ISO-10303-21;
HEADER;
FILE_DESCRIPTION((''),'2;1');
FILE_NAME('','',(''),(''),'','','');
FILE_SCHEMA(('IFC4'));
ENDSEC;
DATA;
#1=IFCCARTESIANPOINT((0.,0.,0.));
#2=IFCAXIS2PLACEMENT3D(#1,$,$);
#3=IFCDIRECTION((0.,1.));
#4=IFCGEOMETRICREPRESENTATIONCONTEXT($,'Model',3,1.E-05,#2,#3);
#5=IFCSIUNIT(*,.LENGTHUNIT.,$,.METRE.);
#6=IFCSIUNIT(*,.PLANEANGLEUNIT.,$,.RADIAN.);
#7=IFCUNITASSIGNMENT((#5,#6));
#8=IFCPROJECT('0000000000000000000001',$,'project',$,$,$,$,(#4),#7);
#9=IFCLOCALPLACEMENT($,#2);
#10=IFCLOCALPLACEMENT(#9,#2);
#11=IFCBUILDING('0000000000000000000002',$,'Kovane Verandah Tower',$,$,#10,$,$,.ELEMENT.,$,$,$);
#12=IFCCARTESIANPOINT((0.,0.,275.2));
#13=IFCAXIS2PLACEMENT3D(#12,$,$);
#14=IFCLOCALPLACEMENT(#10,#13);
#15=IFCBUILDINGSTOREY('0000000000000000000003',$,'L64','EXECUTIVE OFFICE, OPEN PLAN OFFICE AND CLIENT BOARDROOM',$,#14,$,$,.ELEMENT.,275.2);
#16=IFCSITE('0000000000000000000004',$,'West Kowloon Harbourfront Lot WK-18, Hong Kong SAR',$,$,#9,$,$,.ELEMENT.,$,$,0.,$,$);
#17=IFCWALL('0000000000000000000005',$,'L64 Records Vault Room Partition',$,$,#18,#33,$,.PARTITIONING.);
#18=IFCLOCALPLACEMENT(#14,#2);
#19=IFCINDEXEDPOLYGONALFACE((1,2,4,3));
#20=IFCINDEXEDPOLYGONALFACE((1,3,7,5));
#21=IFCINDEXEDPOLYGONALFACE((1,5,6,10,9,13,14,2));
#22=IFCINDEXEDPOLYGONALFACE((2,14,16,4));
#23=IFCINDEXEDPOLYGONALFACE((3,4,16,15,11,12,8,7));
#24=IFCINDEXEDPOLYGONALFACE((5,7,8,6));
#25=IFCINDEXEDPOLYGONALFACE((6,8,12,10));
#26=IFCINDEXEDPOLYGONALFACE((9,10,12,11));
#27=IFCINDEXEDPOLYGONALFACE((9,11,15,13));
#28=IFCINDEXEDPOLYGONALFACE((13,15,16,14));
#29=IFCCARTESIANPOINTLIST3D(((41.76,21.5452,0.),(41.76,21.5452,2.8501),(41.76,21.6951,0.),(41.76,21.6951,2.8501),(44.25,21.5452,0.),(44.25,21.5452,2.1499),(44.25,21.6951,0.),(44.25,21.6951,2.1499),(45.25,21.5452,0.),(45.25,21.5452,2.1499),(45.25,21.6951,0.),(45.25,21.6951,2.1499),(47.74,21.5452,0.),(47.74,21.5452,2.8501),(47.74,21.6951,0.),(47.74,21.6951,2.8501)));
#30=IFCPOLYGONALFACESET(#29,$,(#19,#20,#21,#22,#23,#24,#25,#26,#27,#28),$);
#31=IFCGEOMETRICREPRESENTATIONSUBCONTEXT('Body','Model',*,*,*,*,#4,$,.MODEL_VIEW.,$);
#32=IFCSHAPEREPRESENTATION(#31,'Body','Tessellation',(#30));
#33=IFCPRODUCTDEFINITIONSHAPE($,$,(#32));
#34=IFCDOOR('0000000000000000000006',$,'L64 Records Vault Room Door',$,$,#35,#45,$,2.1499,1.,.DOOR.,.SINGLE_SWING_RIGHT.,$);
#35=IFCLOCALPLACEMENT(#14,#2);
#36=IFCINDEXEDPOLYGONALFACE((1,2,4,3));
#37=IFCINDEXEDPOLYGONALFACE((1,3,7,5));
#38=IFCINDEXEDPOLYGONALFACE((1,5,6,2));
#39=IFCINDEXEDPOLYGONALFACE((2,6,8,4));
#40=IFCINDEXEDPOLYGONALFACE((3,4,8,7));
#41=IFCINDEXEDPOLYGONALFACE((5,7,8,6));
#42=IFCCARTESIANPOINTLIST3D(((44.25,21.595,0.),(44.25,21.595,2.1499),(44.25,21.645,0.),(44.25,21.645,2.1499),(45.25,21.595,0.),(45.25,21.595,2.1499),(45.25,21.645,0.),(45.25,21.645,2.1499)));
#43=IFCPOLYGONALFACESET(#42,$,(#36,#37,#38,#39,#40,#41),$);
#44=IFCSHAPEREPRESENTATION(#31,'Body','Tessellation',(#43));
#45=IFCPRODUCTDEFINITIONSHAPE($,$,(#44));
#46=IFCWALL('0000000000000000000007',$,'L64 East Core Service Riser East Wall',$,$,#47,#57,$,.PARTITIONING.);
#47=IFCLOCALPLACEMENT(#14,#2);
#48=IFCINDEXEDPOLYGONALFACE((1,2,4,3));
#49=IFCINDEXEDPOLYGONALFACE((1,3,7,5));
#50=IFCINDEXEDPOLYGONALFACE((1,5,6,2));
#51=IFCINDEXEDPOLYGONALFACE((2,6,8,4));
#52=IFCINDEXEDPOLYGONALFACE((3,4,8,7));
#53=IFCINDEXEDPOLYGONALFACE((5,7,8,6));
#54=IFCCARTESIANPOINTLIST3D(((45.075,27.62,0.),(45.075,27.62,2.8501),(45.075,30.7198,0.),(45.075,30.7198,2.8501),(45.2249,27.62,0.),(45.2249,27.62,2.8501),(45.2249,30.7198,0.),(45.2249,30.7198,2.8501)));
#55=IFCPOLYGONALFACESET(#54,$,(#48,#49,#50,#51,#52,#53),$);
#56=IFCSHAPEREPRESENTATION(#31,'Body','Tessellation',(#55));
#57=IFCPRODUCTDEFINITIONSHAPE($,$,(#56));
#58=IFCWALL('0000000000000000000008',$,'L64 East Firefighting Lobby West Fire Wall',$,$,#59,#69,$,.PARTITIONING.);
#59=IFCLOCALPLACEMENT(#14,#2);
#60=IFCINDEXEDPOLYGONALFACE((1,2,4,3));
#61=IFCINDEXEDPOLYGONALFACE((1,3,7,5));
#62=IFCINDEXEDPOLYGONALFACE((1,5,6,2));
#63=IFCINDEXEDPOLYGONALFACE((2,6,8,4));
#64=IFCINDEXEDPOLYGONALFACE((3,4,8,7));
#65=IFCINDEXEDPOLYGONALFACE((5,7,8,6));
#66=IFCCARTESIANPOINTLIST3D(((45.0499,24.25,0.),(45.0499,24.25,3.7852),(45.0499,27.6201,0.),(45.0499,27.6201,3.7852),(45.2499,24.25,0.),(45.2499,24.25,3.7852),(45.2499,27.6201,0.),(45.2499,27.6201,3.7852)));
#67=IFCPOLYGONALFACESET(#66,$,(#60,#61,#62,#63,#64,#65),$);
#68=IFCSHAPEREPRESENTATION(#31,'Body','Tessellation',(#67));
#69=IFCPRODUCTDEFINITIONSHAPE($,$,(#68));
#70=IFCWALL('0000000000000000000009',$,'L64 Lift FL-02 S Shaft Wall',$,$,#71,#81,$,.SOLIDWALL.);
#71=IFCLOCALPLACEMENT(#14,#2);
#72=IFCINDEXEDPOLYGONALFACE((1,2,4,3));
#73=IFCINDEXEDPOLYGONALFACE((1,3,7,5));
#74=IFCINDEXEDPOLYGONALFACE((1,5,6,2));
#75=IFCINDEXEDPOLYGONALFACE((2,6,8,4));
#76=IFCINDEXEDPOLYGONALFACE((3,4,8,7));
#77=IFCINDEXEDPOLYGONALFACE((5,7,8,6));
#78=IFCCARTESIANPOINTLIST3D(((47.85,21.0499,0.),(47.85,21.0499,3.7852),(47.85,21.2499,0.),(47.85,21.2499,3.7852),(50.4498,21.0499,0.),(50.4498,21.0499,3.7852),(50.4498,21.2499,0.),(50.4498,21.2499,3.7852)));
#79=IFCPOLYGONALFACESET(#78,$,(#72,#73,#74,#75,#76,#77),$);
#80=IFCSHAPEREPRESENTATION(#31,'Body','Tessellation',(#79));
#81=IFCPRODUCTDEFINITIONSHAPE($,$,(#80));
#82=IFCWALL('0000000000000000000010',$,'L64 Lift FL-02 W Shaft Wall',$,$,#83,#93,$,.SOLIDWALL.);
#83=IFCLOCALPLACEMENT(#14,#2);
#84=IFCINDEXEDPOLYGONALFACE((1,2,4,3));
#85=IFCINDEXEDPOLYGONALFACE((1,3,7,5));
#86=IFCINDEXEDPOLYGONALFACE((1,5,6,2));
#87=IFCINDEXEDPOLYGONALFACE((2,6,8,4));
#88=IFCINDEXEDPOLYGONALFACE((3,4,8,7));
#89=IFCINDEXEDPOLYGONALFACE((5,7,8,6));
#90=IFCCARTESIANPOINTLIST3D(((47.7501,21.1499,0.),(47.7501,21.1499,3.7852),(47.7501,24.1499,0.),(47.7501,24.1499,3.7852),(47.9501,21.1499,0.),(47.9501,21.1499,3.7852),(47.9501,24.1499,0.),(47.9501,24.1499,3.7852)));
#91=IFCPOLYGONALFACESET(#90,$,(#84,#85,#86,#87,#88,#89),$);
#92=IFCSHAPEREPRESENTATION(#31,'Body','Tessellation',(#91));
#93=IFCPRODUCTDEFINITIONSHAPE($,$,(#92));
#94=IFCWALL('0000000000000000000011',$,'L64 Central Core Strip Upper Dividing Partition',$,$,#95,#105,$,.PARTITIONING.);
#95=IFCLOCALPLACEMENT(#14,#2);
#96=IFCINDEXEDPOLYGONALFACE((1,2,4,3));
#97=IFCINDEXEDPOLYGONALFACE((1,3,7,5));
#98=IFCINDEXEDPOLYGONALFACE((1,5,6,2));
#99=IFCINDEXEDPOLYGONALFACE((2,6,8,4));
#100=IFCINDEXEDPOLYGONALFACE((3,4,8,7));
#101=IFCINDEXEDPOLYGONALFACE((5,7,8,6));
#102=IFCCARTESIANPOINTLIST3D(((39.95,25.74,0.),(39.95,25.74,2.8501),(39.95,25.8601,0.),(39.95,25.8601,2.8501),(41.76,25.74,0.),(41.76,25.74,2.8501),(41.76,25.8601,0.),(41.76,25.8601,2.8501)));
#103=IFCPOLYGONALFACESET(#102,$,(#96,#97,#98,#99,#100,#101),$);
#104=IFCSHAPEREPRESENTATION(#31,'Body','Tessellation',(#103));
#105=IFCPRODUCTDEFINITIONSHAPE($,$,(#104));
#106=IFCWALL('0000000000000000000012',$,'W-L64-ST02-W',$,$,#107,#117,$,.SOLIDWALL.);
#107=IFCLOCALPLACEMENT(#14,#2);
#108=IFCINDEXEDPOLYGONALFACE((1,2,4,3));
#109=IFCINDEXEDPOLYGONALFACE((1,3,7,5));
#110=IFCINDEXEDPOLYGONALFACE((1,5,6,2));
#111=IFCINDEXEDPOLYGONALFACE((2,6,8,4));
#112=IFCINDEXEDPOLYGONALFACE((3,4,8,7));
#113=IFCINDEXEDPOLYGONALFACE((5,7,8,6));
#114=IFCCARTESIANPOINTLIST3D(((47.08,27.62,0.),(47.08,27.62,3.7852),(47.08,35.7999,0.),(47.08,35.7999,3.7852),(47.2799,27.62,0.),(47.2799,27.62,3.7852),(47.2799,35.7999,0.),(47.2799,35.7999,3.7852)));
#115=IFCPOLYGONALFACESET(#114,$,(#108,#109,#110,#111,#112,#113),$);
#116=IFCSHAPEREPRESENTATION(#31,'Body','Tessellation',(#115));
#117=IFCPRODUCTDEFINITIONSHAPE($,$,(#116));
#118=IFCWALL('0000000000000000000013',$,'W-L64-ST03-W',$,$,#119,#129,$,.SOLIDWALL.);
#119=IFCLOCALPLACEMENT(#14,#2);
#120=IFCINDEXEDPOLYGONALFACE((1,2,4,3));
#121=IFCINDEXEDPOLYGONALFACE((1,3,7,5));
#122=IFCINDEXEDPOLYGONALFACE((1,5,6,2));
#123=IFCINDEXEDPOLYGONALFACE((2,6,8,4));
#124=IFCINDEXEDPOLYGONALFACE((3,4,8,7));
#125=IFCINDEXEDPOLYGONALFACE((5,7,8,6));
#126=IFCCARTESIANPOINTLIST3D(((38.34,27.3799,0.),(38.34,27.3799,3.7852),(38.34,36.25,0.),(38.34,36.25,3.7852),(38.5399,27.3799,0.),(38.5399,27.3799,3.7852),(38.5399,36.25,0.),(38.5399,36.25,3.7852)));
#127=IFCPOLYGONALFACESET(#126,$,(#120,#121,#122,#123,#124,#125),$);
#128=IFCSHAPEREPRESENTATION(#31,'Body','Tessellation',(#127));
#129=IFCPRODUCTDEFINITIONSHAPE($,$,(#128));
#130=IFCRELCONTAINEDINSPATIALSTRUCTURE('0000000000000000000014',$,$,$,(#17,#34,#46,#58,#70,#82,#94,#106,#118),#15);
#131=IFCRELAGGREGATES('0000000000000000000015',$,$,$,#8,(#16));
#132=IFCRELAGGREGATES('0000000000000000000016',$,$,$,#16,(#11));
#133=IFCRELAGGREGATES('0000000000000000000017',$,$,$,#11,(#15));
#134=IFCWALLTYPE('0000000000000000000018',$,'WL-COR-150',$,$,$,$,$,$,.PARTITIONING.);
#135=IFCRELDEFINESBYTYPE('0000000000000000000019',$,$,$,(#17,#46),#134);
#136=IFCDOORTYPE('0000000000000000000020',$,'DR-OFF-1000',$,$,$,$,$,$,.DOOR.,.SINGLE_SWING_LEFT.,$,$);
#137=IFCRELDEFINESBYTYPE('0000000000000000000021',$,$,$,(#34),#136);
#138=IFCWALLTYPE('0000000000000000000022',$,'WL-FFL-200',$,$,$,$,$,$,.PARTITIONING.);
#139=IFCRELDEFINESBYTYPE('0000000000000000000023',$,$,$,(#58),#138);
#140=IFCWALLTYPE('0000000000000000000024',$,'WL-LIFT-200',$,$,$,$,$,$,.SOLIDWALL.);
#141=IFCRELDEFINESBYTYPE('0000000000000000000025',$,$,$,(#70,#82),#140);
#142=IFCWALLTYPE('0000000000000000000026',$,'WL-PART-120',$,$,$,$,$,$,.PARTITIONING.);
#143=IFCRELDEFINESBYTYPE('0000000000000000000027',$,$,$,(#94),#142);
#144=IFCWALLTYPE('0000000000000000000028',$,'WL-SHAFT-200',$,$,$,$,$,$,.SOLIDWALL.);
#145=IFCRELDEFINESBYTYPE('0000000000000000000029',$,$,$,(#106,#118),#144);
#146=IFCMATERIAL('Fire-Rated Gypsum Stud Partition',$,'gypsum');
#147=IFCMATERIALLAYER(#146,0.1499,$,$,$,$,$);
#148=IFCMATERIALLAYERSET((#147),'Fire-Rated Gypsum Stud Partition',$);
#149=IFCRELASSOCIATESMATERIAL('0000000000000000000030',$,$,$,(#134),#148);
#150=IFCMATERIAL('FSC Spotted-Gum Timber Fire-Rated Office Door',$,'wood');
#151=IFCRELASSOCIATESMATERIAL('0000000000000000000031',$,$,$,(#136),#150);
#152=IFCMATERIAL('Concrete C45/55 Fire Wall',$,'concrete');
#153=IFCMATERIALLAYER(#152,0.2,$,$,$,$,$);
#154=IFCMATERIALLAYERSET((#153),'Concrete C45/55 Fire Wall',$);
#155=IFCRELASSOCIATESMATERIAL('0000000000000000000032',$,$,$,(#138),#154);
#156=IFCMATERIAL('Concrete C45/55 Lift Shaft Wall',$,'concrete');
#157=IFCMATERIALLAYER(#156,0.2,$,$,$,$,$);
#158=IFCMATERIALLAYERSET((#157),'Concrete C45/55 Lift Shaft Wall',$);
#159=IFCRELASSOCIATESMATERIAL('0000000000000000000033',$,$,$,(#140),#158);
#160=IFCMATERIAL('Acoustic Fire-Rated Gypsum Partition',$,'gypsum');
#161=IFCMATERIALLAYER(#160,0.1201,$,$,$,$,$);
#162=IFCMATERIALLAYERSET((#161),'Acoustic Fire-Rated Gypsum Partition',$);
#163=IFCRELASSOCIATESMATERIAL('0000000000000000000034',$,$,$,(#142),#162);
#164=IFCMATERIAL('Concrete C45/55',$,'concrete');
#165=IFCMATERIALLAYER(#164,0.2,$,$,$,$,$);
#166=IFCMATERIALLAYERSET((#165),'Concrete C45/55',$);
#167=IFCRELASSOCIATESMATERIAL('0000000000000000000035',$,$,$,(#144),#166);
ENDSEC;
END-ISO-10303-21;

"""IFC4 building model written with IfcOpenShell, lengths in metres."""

from ifc_helpers import new_model, si_unit, direction, frame, frame_2d, origin, place, context, subcontext, project, spatial, rectangle, extrude, material, layer, layer_set, type_object, element, fill, save


model = new_model("IFC4")

# Units and contexts
model_context = context("Model", 3, precision=1e-05, world=origin(), true_north=direction((0.0, 1.0)))
body_context = subcontext(model_context, "Body", "Model", "MODEL_VIEW")
ifc_project = project(units=[si_unit("LENGTHUNIT", "METRE"), si_unit("PLANEANGLEUNIT", "RADIAN")], contexts=[model_context])

# Site, building, storey
site_placement = place(None, origin())
site = spatial("IfcSite", under=ifc_project, at=site_placement, Name="West Kowloon Harbourfront Lot WK-18, Hong Kong SAR", CompositionType="ELEMENT", RefElevation=0.0)
building_placement = place(site_placement, origin())
building = spatial("IfcBuilding", under=site, at=building_placement, Name="Kovane Verandah Tower", CompositionType="ELEMENT")
storey_placement = place(building_placement, frame((0.0, 0.0, 275.2)))
storey = spatial("IfcBuildingStorey", under=building, at=storey_placement, Name="L64", Description="EXECUTIVE OFFICE, OPEN PLAN OFFICE AND CLIENT BOARDROOM", CompositionType="ELEMENT", Elevation=275.2)

# Shared definitions
ifc_material_1 = material(Name="Fire-Rated Gypsum Stud Partition", Category="gypsum")
ifc_layer_1 = layer(ifc_material_1, 0.1499)
ifc_layer_set_1 = layer_set([ifc_layer_1], Name="Fire-Rated Gypsum Stud Partition")
wall_type_1 = type_object("IfcWallType", Name="WL-COR-150", PredefinedType="PARTITIONING", material=ifc_layer_set_1)

# Wall, opening, door
wall_1_placement = place(storey_placement, frame((41.76, 21.6201, 0.0), z_axis=(0.0, 0.0, 1.0), x_axis=(1.0, 0.0, 0.0)))
wall_1 = element("IfcWall", 1, at=wall_1_placement, inside=storey, type_object=wall_type_1, Name="L64 Records Vault Room Partition", PredefinedType="PARTITIONING", context=body_context, shape_type="SweptSolid", body=[
    extrude(rectangle(XDim=5.98, YDim=0.1499, at=frame_2d((2.99, 0.0))), origin(), (0.0, 0.0, 1.0), 2.8501),
])
opening_1_placement = place(wall_1_placement, frame((2.49, 0.0, 0.0)))
opening_1 = element("IfcOpeningElement", 2, at=opening_1_placement, cuts=wall_1, PredefinedType="OPENING", context=body_context, shape_type="SweptSolid", body=[
    extrude(rectangle(XDim=1.0, YDim=2.1499, at=frame_2d((0.5, 1.075))), frame((0.0, 0.075, 0.0), z_axis=(0.0, -1.0, 0.0), x_axis=(1.0, 0.0, 0.0)), (0.0, 0.0, 1.0), 0.1499),
])
ifc_material_2 = material(Name="FSC Spotted-Gum Timber Fire-Rated Office Door", Category="wood")
door_type_1 = type_object("IfcDoorType", Name="DR-OFF-1000", OperationType="SINGLE_SWING_LEFT", PredefinedType="DOOR", material=ifc_material_2)
door_1_placement = place(opening_1_placement, origin())
door_1 = element("IfcDoor", 3, at=door_1_placement, inside=storey, type_object=door_type_1, Name="L64 Records Vault Room Door", OperationType="SINGLE_SWING_RIGHT", OverallHeight=2.1499, OverallWidth=1.0, PredefinedType="DOOR", context=body_context, shape_type="SweptSolid", body=[
    extrude(rectangle(XDim=1.0, YDim=2.1499, at=frame_2d((0.5, 1.075))), frame((0.0, 0.0249, 0.0), z_axis=(0.0, -1.0, 0.0), x_axis=(1.0, 0.0, 0.0)), (0.0, 0.0, 1.0), 0.05),
])
fill(opening_1, door_1)

# Walls
wall_2_placement = place(storey_placement, frame((45.1499, 27.6201, 0.0), z_axis=(0.0, 0.0, 1.0), x_axis=(0.0, 1.0, 0.0)))
element("IfcWall", 4, at=wall_2_placement, inside=storey, type_object=wall_type_1, Name="L64 East Core Service Riser East Wall", PredefinedType="PARTITIONING", context=body_context, shape_type="SweptSolid", body=[
    extrude(rectangle(XDim=3.0999, YDim=0.1499, at=frame_2d((1.5498, 0.0))), origin(), (0.0, 0.0, 1.0), 2.8501),
])
ifc_material_3 = material(Name="Concrete C45/55 Fire Wall", Category="concrete")
ifc_layer_2 = layer(ifc_material_3, 0.2)
ifc_layer_set_2 = layer_set([ifc_layer_2], Name="Concrete C45/55 Fire Wall")
wall_type_2 = type_object("IfcWallType", Name="WL-FFL-200", PredefinedType="PARTITIONING", material=ifc_layer_set_2)
wall_3_placement = place(storey_placement, frame((45.1499, 24.25, 0.0), z_axis=(0.0, 0.0, 1.0), x_axis=(0.0, 1.0, 0.0)))
element("IfcWall", 5, at=wall_3_placement, inside=storey, type_object=wall_type_2, Name="L64 East Firefighting Lobby West Fire Wall", PredefinedType="PARTITIONING", context=body_context, shape_type="SweptSolid", body=[
    extrude(rectangle(XDim=3.3701, YDim=0.2, at=frame_2d((1.6851, 0.0))), origin(), (0.0, 0.0, 1.0), 3.7852),
])

# Walls
ifc_material_4 = material(Name="Concrete C45/55 Lift Shaft Wall", Category="concrete")
ifc_layer_3 = layer(ifc_material_4, 0.2)
ifc_layer_set_3 = layer_set([ifc_layer_3], Name="Concrete C45/55 Lift Shaft Wall")
wall_type_3 = type_object("IfcWallType", Name="WL-LIFT-200", PredefinedType="SOLIDWALL", material=ifc_layer_set_3)
wall_4_placement = place(storey_placement, frame((47.8501, 21.1499, 0.0), z_axis=(0.0, 0.0, 1.0), x_axis=(1.0, 0.0, 0.0)))
element("IfcWall", 6, at=wall_4_placement, inside=storey, type_object=wall_type_3, Name="L64 Lift FL-02 S Shaft Wall", PredefinedType="SOLIDWALL", context=body_context, shape_type="SweptSolid", body=[
    extrude(rectangle(XDim=2.5999, YDim=0.2, at=frame_2d((1.2998, 0.0))), origin(), (0.0, 0.0, 1.0), 3.7852),
])
wall_5_placement = place(storey_placement, frame((47.8501, 24.1499, 0.0), z_axis=(0.0, 0.0, 1.0), x_axis=(0.0, -1.0, 0.0)))
element("IfcWall", 7, at=wall_5_placement, inside=storey, type_object=wall_type_3, Name="L64 Lift FL-02 W Shaft Wall", PredefinedType="SOLIDWALL", context=body_context, shape_type="SweptSolid", body=[
    extrude(rectangle(XDim=3.0, YDim=0.2, at=frame_2d((1.5, 0.0))), origin(), (0.0, 0.0, 1.0), 3.7852),
])
ifc_material_5 = material(Name="Acoustic Fire-Rated Gypsum Partition", Category="gypsum")
ifc_layer_4 = layer(ifc_material_5, 0.1201)
ifc_layer_set_4 = layer_set([ifc_layer_4], Name="Acoustic Fire-Rated Gypsum Partition")
wall_type_4 = type_object("IfcWallType", Name="WL-PART-120", PredefinedType="PARTITIONING", material=ifc_layer_set_4)
wall_6_placement = place(storey_placement, frame((39.95, 25.8, 0.0), z_axis=(0.0, 0.0, 1.0), x_axis=(1.0, 0.0, 0.0)))
element("IfcWall", 8, at=wall_6_placement, inside=storey, type_object=wall_type_4, Name="L64 Central Core Strip Upper Dividing Partition", PredefinedType="PARTITIONING", context=body_context, shape_type="SweptSolid", body=[
    extrude(rectangle(XDim=1.8101, YDim=0.1201, at=frame_2d((0.905, 0.0))), origin(), (0.0, 0.0, 1.0), 2.8501),
])
ifc_material_6 = material(Name="Concrete C45/55", Category="concrete")
ifc_layer_5 = layer(ifc_material_6, 0.2)
ifc_layer_set_5 = layer_set([ifc_layer_5], Name="Concrete C45/55")
wall_type_5 = type_object("IfcWallType", Name="WL-SHAFT-200", PredefinedType="SOLIDWALL", material=ifc_layer_set_5)
wall_7_placement = place(storey_placement, frame((47.1799, 27.6201, 0.0), z_axis=(0.0, 0.0, 1.0), x_axis=(0.0, 1.0, 0.0)))
element("IfcWall", 9, at=wall_7_placement, inside=storey, type_object=wall_type_5, Name="W-L64-ST02-W", PredefinedType="SOLIDWALL", context=body_context, shape_type="SweptSolid", body=[
    extrude(rectangle(XDim=8.1799, YDim=0.2, at=frame_2d((4.0898, 0.0))), origin(), (0.0, 0.0, 1.0), 3.7852),
])
wall_8_placement = place(storey_placement, frame((38.4399, 27.3799, 0.0), z_axis=(0.0, 0.0, 1.0), x_axis=(0.0, 1.0, 0.0)))
element("IfcWall", 10, at=wall_8_placement, inside=storey, type_object=wall_type_5, Name="W-L64-ST03-W", PredefinedType="SOLIDWALL", context=body_context, shape_type="SweptSolid", body=[
    extrude(rectangle(XDim=8.8701, YDim=0.2, at=frame_2d((4.4351, 0.0))), origin(), (0.0, 0.0, 1.0), 3.7852),
])

save(model, "model.ifc")
